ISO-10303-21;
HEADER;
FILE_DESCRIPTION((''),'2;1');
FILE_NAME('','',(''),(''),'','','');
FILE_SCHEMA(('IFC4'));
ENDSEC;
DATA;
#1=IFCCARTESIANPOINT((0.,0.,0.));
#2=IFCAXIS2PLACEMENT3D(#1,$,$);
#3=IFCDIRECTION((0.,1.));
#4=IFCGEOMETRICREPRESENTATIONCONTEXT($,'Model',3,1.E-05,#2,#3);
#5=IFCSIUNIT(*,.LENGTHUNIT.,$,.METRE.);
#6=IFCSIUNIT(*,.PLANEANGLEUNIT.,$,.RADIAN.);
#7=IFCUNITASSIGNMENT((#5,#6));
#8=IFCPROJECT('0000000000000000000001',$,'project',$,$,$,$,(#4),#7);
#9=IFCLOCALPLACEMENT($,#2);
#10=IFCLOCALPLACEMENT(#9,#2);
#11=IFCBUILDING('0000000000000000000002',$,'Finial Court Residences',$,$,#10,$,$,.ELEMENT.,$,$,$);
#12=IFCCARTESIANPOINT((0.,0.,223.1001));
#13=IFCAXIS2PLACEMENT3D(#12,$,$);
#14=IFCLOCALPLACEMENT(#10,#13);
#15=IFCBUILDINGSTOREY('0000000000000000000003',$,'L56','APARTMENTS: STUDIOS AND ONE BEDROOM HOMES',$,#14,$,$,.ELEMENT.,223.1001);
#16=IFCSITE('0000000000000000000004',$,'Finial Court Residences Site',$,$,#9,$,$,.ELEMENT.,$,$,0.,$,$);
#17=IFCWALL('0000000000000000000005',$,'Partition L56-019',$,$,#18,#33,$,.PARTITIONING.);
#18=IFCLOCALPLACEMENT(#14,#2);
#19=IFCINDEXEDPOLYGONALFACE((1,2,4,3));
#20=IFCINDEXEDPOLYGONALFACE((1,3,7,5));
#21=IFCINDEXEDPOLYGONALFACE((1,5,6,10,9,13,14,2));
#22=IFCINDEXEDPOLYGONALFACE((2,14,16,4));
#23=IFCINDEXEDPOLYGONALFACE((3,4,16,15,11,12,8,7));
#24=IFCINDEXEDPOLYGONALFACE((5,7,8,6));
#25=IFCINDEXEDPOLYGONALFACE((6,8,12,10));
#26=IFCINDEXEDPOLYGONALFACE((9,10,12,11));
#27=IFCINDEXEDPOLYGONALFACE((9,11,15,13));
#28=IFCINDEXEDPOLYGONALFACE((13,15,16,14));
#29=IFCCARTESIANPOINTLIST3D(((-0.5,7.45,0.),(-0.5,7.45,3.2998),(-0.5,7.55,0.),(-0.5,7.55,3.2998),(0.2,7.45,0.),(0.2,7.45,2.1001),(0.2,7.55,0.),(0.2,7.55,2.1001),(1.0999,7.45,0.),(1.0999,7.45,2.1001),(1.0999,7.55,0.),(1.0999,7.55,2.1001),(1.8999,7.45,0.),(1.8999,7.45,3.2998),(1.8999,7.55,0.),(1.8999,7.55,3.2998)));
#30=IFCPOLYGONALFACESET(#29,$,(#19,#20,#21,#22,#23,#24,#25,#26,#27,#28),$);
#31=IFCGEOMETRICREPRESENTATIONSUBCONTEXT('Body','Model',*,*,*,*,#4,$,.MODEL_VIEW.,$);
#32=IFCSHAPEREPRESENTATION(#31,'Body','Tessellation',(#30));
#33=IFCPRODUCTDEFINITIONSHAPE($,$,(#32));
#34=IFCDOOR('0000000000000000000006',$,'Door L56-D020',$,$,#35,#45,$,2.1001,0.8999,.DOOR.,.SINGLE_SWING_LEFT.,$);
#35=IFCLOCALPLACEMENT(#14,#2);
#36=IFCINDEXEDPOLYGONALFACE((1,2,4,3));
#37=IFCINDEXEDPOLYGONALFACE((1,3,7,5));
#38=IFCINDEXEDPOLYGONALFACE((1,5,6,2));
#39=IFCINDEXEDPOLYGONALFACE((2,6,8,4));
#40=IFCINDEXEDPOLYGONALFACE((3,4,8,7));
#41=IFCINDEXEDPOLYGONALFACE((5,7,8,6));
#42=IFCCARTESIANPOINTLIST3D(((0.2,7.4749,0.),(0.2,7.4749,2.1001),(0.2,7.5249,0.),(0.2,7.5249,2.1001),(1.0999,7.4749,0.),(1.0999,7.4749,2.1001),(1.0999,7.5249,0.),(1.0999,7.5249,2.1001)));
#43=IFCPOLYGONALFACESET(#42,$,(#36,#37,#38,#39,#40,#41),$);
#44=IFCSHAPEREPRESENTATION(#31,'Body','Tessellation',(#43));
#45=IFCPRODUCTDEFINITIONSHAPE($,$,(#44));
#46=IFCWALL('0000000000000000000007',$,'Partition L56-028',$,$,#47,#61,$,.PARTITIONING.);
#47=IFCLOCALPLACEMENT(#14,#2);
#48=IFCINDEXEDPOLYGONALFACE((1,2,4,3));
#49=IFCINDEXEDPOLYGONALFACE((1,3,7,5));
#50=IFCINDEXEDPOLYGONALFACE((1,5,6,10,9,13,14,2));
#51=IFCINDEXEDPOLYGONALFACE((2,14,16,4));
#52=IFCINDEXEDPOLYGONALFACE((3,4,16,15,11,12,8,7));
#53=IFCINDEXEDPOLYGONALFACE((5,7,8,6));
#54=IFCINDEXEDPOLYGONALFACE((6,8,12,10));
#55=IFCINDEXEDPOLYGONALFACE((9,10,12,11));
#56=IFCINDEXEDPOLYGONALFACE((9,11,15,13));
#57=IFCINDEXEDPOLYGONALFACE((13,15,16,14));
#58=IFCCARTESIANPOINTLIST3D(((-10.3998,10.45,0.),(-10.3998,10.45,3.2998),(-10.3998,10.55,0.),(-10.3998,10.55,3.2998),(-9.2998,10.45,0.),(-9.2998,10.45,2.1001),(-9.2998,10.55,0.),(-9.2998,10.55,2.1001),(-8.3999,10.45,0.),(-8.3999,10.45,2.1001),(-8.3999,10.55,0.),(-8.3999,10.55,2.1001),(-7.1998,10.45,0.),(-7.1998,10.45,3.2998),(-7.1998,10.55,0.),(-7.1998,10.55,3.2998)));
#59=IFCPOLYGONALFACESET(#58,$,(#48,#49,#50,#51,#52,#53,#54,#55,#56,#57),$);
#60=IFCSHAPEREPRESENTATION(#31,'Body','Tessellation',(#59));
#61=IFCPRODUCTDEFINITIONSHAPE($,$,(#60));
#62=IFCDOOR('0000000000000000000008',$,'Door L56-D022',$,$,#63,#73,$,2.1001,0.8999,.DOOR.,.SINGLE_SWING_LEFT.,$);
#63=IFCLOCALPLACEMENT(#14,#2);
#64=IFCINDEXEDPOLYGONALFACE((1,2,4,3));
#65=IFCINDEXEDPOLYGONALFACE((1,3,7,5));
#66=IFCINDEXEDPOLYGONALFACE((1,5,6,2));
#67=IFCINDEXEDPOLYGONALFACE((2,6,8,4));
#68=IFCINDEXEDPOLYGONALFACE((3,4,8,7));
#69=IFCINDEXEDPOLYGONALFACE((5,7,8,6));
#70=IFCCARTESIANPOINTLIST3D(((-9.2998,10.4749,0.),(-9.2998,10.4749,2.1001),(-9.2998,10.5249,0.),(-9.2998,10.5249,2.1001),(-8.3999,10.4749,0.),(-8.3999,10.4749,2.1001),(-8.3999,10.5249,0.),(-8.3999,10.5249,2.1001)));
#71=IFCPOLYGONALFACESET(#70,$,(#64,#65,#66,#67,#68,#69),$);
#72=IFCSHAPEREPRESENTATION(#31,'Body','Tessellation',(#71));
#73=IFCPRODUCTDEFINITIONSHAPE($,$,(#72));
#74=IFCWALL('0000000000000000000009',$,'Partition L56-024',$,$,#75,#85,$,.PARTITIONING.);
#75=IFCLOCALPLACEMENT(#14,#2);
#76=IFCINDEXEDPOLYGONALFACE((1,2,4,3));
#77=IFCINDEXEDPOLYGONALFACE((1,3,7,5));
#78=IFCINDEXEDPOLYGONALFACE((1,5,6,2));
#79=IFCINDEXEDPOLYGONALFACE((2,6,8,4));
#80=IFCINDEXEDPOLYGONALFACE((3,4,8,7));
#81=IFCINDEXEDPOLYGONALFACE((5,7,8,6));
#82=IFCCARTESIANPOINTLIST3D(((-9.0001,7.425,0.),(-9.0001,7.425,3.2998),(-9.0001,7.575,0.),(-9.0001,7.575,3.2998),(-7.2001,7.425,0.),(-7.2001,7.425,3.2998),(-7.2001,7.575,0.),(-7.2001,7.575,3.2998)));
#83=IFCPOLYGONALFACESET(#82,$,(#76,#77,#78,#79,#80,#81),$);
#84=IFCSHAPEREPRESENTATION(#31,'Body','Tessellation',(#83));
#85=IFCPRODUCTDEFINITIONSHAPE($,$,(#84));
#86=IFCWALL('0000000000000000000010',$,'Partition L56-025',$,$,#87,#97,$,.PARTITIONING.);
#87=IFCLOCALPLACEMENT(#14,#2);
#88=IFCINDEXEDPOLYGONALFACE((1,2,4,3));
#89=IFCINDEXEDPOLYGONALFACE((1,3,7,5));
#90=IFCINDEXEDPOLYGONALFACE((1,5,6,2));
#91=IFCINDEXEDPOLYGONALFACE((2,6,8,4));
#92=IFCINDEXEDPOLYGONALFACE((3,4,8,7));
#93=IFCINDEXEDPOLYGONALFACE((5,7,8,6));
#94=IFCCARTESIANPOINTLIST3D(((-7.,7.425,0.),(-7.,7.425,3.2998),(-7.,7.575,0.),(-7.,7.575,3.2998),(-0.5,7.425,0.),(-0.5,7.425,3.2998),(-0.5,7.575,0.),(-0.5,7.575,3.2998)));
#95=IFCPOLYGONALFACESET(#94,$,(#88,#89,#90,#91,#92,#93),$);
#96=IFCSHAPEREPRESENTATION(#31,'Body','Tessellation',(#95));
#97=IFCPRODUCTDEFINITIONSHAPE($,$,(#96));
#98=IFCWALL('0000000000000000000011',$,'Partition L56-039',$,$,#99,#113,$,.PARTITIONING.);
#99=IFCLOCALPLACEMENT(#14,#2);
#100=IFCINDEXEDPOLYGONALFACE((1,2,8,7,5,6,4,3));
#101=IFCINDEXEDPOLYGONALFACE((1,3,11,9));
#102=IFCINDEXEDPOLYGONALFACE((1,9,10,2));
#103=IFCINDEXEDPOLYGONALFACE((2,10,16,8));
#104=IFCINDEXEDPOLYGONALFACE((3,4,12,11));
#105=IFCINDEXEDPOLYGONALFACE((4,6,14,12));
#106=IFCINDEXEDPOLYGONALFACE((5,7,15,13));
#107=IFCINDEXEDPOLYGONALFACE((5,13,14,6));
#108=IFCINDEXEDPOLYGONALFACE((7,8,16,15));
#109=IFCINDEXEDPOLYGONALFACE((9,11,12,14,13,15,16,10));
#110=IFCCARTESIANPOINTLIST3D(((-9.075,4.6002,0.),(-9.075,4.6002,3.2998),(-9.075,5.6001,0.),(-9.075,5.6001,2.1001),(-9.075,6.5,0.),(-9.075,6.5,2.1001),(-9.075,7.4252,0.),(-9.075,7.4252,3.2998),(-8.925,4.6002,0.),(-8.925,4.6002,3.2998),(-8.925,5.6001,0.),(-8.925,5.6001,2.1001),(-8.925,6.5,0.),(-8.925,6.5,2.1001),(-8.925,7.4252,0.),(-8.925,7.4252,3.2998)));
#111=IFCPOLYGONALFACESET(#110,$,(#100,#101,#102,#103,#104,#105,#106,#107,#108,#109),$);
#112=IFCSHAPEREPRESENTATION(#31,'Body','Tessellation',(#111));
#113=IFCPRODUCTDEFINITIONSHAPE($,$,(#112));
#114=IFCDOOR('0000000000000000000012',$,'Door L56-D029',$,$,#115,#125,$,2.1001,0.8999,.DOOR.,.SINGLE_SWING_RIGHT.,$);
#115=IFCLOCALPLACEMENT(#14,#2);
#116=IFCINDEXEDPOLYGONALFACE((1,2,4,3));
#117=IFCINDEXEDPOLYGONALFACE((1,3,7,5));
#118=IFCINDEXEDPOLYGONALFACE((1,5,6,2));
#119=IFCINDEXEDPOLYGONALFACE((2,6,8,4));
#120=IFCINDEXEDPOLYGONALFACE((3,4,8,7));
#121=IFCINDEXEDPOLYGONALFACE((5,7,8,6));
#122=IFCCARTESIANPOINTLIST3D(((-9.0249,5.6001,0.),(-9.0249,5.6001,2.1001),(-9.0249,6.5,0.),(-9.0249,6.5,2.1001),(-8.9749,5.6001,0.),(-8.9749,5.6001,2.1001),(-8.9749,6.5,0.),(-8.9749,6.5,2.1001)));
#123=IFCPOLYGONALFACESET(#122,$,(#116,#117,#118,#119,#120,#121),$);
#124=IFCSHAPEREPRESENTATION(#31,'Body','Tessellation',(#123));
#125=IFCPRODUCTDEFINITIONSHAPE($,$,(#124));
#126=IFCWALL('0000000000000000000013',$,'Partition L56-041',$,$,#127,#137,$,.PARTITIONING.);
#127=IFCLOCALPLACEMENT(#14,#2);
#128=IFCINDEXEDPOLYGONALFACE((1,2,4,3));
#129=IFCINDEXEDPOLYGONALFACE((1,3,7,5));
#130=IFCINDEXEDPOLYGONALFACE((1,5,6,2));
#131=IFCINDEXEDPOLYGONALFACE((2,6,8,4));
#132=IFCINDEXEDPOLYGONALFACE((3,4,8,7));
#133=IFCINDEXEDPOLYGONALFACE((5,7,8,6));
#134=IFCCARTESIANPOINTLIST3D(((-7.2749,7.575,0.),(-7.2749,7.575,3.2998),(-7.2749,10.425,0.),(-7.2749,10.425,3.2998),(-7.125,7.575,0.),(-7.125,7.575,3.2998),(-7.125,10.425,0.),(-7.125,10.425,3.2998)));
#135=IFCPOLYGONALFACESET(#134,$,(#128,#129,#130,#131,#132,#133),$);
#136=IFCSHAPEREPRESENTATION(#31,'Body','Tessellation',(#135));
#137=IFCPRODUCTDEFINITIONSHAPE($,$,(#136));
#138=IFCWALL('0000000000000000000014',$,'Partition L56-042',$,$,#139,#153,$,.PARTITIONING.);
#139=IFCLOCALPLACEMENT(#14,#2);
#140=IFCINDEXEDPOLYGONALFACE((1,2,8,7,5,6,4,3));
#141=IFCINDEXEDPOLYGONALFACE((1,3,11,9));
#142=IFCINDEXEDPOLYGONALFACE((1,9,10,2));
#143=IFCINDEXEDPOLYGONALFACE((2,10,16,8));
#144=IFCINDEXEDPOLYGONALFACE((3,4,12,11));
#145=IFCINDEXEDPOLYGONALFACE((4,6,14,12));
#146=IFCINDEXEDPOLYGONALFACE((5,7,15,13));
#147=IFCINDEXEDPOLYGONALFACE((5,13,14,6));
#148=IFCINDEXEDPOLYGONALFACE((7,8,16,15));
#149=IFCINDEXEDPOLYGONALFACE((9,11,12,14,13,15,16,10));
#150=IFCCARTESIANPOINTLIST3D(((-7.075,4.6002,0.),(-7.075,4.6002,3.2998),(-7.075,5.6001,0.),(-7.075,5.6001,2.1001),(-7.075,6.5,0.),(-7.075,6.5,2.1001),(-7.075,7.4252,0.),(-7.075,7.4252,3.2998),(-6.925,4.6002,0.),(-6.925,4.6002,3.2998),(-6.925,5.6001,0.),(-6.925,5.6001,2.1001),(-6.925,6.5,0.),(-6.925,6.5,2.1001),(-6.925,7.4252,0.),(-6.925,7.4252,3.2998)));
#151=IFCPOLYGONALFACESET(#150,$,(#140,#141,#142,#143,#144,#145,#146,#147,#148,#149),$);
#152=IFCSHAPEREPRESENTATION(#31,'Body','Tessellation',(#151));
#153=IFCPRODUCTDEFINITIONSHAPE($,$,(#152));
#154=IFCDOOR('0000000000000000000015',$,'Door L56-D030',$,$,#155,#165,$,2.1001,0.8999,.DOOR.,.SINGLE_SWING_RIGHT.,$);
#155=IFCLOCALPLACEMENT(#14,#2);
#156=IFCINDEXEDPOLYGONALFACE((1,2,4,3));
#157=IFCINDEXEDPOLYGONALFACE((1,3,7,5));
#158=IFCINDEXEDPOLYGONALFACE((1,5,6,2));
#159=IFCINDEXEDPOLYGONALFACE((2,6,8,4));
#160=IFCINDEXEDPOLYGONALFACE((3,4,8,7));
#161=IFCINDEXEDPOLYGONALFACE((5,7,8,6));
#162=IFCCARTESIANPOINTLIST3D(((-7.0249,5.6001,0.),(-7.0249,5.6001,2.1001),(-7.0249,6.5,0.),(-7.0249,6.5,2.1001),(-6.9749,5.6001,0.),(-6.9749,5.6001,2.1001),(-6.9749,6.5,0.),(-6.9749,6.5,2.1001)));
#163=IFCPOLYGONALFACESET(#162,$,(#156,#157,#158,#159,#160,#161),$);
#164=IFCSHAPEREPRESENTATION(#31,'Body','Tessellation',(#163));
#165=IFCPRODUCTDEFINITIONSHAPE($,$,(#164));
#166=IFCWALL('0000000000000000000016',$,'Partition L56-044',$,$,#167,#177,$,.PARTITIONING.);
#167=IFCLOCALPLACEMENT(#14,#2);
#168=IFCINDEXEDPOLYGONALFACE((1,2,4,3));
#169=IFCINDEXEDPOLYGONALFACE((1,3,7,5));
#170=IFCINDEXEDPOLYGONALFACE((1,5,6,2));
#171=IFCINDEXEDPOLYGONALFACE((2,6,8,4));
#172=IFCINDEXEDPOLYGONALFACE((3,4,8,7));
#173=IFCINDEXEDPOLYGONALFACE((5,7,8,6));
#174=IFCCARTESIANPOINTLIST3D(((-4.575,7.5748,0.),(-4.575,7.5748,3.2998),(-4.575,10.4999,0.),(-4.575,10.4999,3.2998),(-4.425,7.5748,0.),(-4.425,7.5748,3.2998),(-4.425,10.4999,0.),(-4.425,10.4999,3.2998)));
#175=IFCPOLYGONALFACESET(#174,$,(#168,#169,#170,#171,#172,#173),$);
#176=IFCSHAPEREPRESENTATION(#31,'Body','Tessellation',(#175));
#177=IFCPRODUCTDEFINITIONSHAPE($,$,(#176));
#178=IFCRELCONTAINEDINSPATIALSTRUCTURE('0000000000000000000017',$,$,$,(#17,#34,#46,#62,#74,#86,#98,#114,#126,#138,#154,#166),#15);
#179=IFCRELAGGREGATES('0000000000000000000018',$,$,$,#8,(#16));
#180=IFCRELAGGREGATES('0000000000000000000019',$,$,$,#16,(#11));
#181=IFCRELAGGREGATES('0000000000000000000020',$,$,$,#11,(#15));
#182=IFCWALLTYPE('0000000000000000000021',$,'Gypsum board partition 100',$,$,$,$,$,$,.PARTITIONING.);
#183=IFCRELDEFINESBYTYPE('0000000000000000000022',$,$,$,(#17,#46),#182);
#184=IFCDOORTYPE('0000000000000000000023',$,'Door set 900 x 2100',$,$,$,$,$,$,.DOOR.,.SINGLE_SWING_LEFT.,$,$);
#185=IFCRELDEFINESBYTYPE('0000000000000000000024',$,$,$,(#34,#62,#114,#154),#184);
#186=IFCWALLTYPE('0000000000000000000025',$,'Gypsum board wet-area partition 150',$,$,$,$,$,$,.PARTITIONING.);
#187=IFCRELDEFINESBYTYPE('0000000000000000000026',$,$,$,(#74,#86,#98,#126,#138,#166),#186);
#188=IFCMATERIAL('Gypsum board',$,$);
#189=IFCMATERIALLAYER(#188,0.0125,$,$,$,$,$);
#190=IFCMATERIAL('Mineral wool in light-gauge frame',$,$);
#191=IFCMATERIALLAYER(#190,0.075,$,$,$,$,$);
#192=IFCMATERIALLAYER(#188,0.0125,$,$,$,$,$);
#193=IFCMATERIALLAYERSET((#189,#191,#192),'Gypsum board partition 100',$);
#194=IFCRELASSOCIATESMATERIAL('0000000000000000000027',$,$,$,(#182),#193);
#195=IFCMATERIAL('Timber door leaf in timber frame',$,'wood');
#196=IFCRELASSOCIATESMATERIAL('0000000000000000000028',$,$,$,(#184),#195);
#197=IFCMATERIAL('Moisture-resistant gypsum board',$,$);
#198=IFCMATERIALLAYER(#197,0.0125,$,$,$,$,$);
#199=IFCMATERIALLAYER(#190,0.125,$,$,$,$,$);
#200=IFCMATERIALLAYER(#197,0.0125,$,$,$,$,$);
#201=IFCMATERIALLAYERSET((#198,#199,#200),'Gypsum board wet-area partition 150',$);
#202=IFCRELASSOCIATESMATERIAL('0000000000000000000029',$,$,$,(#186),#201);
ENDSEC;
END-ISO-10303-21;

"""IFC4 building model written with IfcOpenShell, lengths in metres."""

from ifc_helpers import new_model, si_unit, direction, frame, frame_2d, origin, place, context, subcontext, project, spatial, rectangle, extrude, material, layer, layer_set, type_object, element, fill, save


model = new_model("IFC4")

# Units and contexts
model_context = context("Model", 3, precision=1e-05, world=origin(), true_north=direction((0.0, 1.0)))
body_context = subcontext(model_context, "Body", "Model", "MODEL_VIEW")
ifc_project = project(units=[si_unit("LENGTHUNIT", "METRE"), si_unit("PLANEANGLEUNIT", "RADIAN")], contexts=[model_context])

# Site, building, storey
site_placement = place(None, origin())
site = spatial("IfcSite", under=ifc_project, at=site_placement, Name="Finial Court Residences Site", CompositionType="ELEMENT", RefElevation=0.0)
building_placement = place(site_placement, origin())
building = spatial("IfcBuilding", under=site, at=building_placement, Name="Finial Court Residences", CompositionType="ELEMENT")
storey_placement = place(building_placement, frame((0.0, 0.0, 223.1001)))
storey = spatial("IfcBuildingStorey", under=building, at=storey_placement, Name="L56", Description="APARTMENTS: STUDIOS AND ONE BEDROOM HOMES", CompositionType="ELEMENT", Elevation=223.1001)

# Shared definitions
ifc_material_1 = material(Name="Gypsum board")
ifc_layer_1 = layer(ifc_material_1, 0.0125)
ifc_material_2 = material(Name="Mineral wool in light-gauge frame")
ifc_layer_2 = layer(ifc_material_2, 0.075)
ifc_layer_3 = layer(ifc_material_1, 0.0125)
ifc_layer_set_1 = layer_set([ifc_layer_1, ifc_layer_2, ifc_layer_3], Name="Gypsum board partition 100")
wall_type_1 = type_object("IfcWallType", Name="Gypsum board partition 100", PredefinedType="PARTITIONING", material=ifc_layer_set_1)

# Walls, openings, doors
wall_1_placement = place(storey_placement, frame((-0.5, 7.5, 0.0), z_axis=(0.0, 0.0, 1.0), x_axis=(1.0, 0.0, 0.0)))
wall_1 = element("IfcWall", 1, at=wall_1_placement, inside=storey, type_object=wall_type_1, Name="Partition L56-019", PredefinedType="PARTITIONING", context=body_context, shape_type="SweptSolid", body=[
    extrude(rectangle(XDim=2.3999, YDim=0.1001, at=frame_2d((1.2, 0.0))), origin(), (0.0, 0.0, 1.0), 3.2998),
])
opening_1_placement = place(wall_1_placement, frame((0.7, 0.0, 0.0)))
opening_1 = element("IfcOpeningElement", 2, at=opening_1_placement, cuts=wall_1, PredefinedType="OPENING", context=body_context, shape_type="SweptSolid", body=[
    extrude(rectangle(XDim=0.8999, YDim=2.1001, at=frame_2d((0.45, 1.05))), frame((0.0, 0.0601, 0.0), z_axis=(0.0, -1.0, 0.0), x_axis=(1.0, 0.0, 0.0)), (0.0, 0.0, 1.0), 0.1201),
])
ifc_material_3 = material(Name="Timber door leaf in timber frame", Category="wood")
door_type = type_object("IfcDoorType", Name="Door set 900 x 2100", OperationType="SINGLE_SWING_LEFT", PredefinedType="DOOR", material=ifc_material_3)
door_1_placement = place(opening_1_placement, origin())
door_1 = element("IfcDoor", 3, at=door_1_placement, inside=storey, type_object=door_type, Name="Door L56-D020", OperationType="SINGLE_SWING_LEFT", OverallHeight=2.1001, OverallWidth=0.8999, PredefinedType="DOOR", context=body_context, shape_type="SweptSolid", body=[
    extrude(rectangle(XDim=0.8999, YDim=2.1001, at=frame_2d((0.45, 1.05))), frame((0.0, 0.0249, 0.0), z_axis=(0.0, -1.0, 0.0), x_axis=(1.0, 0.0, 0.0)), (0.0, 0.0, 1.0), 0.05),
])
fill(opening_1, door_1)
wall_2_placement = place(storey_placement, frame((-10.3999, 10.5, 0.0), z_axis=(0.0, 0.0, 1.0), x_axis=(1.0, 0.0, 0.0)))
wall_2 = element("IfcWall", 4, at=wall_2_placement, inside=storey, type_object=wall_type_1, Name="Partition L56-028", PredefinedType="PARTITIONING", context=body_context, shape_type="SweptSolid", body=[
    extrude(rectangle(XDim=3.2, YDim=0.1001, at=frame_2d((1.6001, 0.0))), origin(), (0.0, 0.0, 1.0), 3.2998),
])
opening_2_placement = place(wall_2_placement, frame((1.1001, 0.0, 0.0)))
opening_2 = element("IfcOpeningElement", 5, at=opening_2_placement, cuts=wall_2, PredefinedType="OPENING", context=body_context, shape_type="SweptSolid", body=[
    extrude(rectangle(XDim=0.8999, YDim=2.1001, at=frame_2d((0.45, 1.05))), frame((0.0, 0.0601, 0.0), z_axis=(0.0, -1.0, 0.0), x_axis=(1.0, 0.0, 0.0)), (0.0, 0.0, 1.0), 0.1201),
])
door_2_placement = place(opening_2_placement, origin())
door_2 = element("IfcDoor", 6, at=door_2_placement, inside=storey, type_object=door_type, Name="Door L56-D022", OperationType="SINGLE_SWING_LEFT", OverallHeight=2.1001, OverallWidth=0.8999, PredefinedType="DOOR", context=body_context, shape_type="SweptSolid", body=[
    extrude(rectangle(XDim=0.8999, YDim=2.1001, at=frame_2d((0.45, 1.05))), frame((0.0, 0.0249, 0.0), z_axis=(0.0, -1.0, 0.0), x_axis=(1.0, 0.0, 0.0)), (0.0, 0.0, 1.0), 0.05),
])
fill(opening_2, door_2)

# Walls
ifc_material_4 = material(Name="Moisture-resistant gypsum board")
ifc_layer_4 = layer(ifc_material_4, 0.0125)
ifc_layer_5 = layer(ifc_material_2, 0.125)
ifc_layer_6 = layer(ifc_material_4, 0.0125)
ifc_layer_set_2 = layer_set([ifc_layer_4, ifc_layer_5, ifc_layer_6], Name="Gypsum board wet-area partition 150")
wall_type_2 = type_object("IfcWallType", Name="Gypsum board wet-area partition 150", PredefinedType="PARTITIONING", material=ifc_layer_set_2)
wall_3_placement = place(storey_placement, frame((-9.0, 7.5, 0.0), z_axis=(0.0, 0.0, 1.0), x_axis=(1.0, 0.0, 0.0)))
element("IfcWall", 7, at=wall_3_placement, inside=storey, type_object=wall_type_2, Name="Partition L56-024", PredefinedType="PARTITIONING", context=body_context, shape_type="SweptSolid", body=[
    extrude(rectangle(XDim=1.8, YDim=0.1499, at=frame_2d((0.8999, 0.0))), origin(), (0.0, 0.0, 1.0), 3.2998),
])
wall_4_placement = place(storey_placement, frame((-7.0, 7.5, 0.0), z_axis=(0.0, 0.0, 1.0), x_axis=(1.0, 0.0, 0.0)))
element("IfcWall", 8, at=wall_4_placement, inside=storey, type_object=wall_type_2, Name="Partition L56-025", PredefinedType="PARTITIONING", context=body_context, shape_type="SweptSolid", body=[
    extrude(rectangle(XDim=6.5, YDim=0.1499, at=frame_2d((3.25, 0.0))), origin(), (0.0, 0.0, 1.0), 3.2998),
])

# Wall, opening, door
wall_5_placement = place(storey_placement, frame((-9.0, 4.6001, 0.0), z_axis=(0.0, 0.0, 1.0), x_axis=(0.0, 1.0, 0.0)))
wall_5 = element("IfcWall", 9, at=wall_5_placement, inside=storey, type_object=wall_type_2, Name="Partition L56-039", PredefinedType="PARTITIONING", context=body_context, shape_type="SweptSolid", body=[
    extrude(rectangle(XDim=2.825, YDim=0.1499, at=frame_2d((1.4126, 0.0))), origin(), (0.0, 0.0, 1.0), 3.2998),
])
opening_3_placement = place(wall_5_placement, frame((1.0, 0.0, 0.0)))
opening_3 = element("IfcOpeningElement", 10, at=opening_3_placement, cuts=wall_5, PredefinedType="OPENING", context=body_context, shape_type="SweptSolid", body=[
    extrude(rectangle(XDim=0.8999, YDim=2.1001, at=frame_2d((0.45, 1.05))), frame((0.0, 0.085, 0.0), z_axis=(0.0, -1.0, 0.0), x_axis=(1.0, 0.0, 0.0)), (0.0, 0.0, 1.0), 0.1699),
])
door_3_placement = place(opening_3_placement, origin())
door_3 = element("IfcDoor", 11, at=door_3_placement, inside=storey, type_object=door_type, Name="Door L56-D029", OperationType="SINGLE_SWING_RIGHT", OverallHeight=2.1001, OverallWidth=0.8999, PredefinedType="DOOR", context=body_context, shape_type="SweptSolid", body=[
    extrude(rectangle(XDim=0.8999, YDim=2.1001, at=frame_2d((0.45, 1.05))), frame((0.0, 0.0249, 0.0), z_axis=(0.0, -1.0, 0.0), x_axis=(1.0, 0.0, 0.0)), (0.0, 0.0, 1.0), 0.05),
])
fill(opening_3, door_3)

# Wall
wall_6_placement = place(storey_placement, frame((-7.2, 7.575, 0.0), z_axis=(0.0, 0.0, 1.0), x_axis=(0.0, 1.0, 0.0)))
element("IfcWall", 12, at=wall_6_placement, inside=storey, type_object=wall_type_2, Name="Partition L56-041", PredefinedType="PARTITIONING", context=body_context, shape_type="SweptSolid", body=[
    extrude(rectangle(XDim=2.8501, YDim=0.1499, at=frame_2d((1.425, 0.0))), origin(), (0.0, 0.0, 1.0), 3.2998),
])

# Wall, opening, door
wall_7_placement = place(storey_placement, frame((-7.0, 4.6001, 0.0), z_axis=(0.0, 0.0, 1.0), x_axis=(0.0, 1.0, 0.0)))
wall_7 = element("IfcWall", 13, at=wall_7_placement, inside=storey, type_object=wall_type_2, Name="Partition L56-042", PredefinedType="PARTITIONING", context=body_context, shape_type="SweptSolid", body=[
    extrude(rectangle(XDim=2.825, YDim=0.1499, at=frame_2d((1.4126, 0.0))), origin(), (0.0, 0.0, 1.0), 3.2998),
])
opening_4_placement = place(wall_7_placement, frame((1.0, 0.0, 0.0)))
opening_4 = element("IfcOpeningElement", 14, at=opening_4_placement, cuts=wall_7, PredefinedType="OPENING", context=body_context, shape_type="SweptSolid", body=[
    extrude(rectangle(XDim=0.8999, YDim=2.1001, at=frame_2d((0.45, 1.05))), frame((0.0, 0.085, 0.0), z_axis=(0.0, -1.0, 0.0), x_axis=(1.0, 0.0, 0.0)), (0.0, 0.0, 1.0), 0.1699),
])
door_4_placement = place(opening_4_placement, origin())
door_4 = element("IfcDoor", 15, at=door_4_placement, inside=storey, type_object=door_type, Name="Door L56-D030", OperationType="SINGLE_SWING_RIGHT", OverallHeight=2.1001, OverallWidth=0.8999, PredefinedType="DOOR", context=body_context, shape_type="SweptSolid", body=[
    extrude(rectangle(XDim=0.8999, YDim=2.1001, at=frame_2d((0.45, 1.05))), frame((0.0, 0.0249, 0.0), z_axis=(0.0, -1.0, 0.0), x_axis=(1.0, 0.0, 0.0)), (0.0, 0.0, 1.0), 0.05),
])
fill(opening_4, door_4)

# Wall
wall_8_placement = place(storey_placement, frame((-4.5, 7.575, 0.0), z_axis=(0.0, 0.0, 1.0), x_axis=(0.0, 1.0, 0.0)))
element("IfcWall", 16, at=wall_8_placement, inside=storey, type_object=wall_type_2, Name="Partition L56-044", PredefinedType="PARTITIONING", context=body_context, shape_type="SweptSolid", body=[
    extrude(rectangle(XDim=2.925, YDim=0.1499, at=frame_2d((1.4624, 0.0))), origin(), (0.0, 0.0, 1.0), 3.2998),
])

save(model, "model.ifc")
